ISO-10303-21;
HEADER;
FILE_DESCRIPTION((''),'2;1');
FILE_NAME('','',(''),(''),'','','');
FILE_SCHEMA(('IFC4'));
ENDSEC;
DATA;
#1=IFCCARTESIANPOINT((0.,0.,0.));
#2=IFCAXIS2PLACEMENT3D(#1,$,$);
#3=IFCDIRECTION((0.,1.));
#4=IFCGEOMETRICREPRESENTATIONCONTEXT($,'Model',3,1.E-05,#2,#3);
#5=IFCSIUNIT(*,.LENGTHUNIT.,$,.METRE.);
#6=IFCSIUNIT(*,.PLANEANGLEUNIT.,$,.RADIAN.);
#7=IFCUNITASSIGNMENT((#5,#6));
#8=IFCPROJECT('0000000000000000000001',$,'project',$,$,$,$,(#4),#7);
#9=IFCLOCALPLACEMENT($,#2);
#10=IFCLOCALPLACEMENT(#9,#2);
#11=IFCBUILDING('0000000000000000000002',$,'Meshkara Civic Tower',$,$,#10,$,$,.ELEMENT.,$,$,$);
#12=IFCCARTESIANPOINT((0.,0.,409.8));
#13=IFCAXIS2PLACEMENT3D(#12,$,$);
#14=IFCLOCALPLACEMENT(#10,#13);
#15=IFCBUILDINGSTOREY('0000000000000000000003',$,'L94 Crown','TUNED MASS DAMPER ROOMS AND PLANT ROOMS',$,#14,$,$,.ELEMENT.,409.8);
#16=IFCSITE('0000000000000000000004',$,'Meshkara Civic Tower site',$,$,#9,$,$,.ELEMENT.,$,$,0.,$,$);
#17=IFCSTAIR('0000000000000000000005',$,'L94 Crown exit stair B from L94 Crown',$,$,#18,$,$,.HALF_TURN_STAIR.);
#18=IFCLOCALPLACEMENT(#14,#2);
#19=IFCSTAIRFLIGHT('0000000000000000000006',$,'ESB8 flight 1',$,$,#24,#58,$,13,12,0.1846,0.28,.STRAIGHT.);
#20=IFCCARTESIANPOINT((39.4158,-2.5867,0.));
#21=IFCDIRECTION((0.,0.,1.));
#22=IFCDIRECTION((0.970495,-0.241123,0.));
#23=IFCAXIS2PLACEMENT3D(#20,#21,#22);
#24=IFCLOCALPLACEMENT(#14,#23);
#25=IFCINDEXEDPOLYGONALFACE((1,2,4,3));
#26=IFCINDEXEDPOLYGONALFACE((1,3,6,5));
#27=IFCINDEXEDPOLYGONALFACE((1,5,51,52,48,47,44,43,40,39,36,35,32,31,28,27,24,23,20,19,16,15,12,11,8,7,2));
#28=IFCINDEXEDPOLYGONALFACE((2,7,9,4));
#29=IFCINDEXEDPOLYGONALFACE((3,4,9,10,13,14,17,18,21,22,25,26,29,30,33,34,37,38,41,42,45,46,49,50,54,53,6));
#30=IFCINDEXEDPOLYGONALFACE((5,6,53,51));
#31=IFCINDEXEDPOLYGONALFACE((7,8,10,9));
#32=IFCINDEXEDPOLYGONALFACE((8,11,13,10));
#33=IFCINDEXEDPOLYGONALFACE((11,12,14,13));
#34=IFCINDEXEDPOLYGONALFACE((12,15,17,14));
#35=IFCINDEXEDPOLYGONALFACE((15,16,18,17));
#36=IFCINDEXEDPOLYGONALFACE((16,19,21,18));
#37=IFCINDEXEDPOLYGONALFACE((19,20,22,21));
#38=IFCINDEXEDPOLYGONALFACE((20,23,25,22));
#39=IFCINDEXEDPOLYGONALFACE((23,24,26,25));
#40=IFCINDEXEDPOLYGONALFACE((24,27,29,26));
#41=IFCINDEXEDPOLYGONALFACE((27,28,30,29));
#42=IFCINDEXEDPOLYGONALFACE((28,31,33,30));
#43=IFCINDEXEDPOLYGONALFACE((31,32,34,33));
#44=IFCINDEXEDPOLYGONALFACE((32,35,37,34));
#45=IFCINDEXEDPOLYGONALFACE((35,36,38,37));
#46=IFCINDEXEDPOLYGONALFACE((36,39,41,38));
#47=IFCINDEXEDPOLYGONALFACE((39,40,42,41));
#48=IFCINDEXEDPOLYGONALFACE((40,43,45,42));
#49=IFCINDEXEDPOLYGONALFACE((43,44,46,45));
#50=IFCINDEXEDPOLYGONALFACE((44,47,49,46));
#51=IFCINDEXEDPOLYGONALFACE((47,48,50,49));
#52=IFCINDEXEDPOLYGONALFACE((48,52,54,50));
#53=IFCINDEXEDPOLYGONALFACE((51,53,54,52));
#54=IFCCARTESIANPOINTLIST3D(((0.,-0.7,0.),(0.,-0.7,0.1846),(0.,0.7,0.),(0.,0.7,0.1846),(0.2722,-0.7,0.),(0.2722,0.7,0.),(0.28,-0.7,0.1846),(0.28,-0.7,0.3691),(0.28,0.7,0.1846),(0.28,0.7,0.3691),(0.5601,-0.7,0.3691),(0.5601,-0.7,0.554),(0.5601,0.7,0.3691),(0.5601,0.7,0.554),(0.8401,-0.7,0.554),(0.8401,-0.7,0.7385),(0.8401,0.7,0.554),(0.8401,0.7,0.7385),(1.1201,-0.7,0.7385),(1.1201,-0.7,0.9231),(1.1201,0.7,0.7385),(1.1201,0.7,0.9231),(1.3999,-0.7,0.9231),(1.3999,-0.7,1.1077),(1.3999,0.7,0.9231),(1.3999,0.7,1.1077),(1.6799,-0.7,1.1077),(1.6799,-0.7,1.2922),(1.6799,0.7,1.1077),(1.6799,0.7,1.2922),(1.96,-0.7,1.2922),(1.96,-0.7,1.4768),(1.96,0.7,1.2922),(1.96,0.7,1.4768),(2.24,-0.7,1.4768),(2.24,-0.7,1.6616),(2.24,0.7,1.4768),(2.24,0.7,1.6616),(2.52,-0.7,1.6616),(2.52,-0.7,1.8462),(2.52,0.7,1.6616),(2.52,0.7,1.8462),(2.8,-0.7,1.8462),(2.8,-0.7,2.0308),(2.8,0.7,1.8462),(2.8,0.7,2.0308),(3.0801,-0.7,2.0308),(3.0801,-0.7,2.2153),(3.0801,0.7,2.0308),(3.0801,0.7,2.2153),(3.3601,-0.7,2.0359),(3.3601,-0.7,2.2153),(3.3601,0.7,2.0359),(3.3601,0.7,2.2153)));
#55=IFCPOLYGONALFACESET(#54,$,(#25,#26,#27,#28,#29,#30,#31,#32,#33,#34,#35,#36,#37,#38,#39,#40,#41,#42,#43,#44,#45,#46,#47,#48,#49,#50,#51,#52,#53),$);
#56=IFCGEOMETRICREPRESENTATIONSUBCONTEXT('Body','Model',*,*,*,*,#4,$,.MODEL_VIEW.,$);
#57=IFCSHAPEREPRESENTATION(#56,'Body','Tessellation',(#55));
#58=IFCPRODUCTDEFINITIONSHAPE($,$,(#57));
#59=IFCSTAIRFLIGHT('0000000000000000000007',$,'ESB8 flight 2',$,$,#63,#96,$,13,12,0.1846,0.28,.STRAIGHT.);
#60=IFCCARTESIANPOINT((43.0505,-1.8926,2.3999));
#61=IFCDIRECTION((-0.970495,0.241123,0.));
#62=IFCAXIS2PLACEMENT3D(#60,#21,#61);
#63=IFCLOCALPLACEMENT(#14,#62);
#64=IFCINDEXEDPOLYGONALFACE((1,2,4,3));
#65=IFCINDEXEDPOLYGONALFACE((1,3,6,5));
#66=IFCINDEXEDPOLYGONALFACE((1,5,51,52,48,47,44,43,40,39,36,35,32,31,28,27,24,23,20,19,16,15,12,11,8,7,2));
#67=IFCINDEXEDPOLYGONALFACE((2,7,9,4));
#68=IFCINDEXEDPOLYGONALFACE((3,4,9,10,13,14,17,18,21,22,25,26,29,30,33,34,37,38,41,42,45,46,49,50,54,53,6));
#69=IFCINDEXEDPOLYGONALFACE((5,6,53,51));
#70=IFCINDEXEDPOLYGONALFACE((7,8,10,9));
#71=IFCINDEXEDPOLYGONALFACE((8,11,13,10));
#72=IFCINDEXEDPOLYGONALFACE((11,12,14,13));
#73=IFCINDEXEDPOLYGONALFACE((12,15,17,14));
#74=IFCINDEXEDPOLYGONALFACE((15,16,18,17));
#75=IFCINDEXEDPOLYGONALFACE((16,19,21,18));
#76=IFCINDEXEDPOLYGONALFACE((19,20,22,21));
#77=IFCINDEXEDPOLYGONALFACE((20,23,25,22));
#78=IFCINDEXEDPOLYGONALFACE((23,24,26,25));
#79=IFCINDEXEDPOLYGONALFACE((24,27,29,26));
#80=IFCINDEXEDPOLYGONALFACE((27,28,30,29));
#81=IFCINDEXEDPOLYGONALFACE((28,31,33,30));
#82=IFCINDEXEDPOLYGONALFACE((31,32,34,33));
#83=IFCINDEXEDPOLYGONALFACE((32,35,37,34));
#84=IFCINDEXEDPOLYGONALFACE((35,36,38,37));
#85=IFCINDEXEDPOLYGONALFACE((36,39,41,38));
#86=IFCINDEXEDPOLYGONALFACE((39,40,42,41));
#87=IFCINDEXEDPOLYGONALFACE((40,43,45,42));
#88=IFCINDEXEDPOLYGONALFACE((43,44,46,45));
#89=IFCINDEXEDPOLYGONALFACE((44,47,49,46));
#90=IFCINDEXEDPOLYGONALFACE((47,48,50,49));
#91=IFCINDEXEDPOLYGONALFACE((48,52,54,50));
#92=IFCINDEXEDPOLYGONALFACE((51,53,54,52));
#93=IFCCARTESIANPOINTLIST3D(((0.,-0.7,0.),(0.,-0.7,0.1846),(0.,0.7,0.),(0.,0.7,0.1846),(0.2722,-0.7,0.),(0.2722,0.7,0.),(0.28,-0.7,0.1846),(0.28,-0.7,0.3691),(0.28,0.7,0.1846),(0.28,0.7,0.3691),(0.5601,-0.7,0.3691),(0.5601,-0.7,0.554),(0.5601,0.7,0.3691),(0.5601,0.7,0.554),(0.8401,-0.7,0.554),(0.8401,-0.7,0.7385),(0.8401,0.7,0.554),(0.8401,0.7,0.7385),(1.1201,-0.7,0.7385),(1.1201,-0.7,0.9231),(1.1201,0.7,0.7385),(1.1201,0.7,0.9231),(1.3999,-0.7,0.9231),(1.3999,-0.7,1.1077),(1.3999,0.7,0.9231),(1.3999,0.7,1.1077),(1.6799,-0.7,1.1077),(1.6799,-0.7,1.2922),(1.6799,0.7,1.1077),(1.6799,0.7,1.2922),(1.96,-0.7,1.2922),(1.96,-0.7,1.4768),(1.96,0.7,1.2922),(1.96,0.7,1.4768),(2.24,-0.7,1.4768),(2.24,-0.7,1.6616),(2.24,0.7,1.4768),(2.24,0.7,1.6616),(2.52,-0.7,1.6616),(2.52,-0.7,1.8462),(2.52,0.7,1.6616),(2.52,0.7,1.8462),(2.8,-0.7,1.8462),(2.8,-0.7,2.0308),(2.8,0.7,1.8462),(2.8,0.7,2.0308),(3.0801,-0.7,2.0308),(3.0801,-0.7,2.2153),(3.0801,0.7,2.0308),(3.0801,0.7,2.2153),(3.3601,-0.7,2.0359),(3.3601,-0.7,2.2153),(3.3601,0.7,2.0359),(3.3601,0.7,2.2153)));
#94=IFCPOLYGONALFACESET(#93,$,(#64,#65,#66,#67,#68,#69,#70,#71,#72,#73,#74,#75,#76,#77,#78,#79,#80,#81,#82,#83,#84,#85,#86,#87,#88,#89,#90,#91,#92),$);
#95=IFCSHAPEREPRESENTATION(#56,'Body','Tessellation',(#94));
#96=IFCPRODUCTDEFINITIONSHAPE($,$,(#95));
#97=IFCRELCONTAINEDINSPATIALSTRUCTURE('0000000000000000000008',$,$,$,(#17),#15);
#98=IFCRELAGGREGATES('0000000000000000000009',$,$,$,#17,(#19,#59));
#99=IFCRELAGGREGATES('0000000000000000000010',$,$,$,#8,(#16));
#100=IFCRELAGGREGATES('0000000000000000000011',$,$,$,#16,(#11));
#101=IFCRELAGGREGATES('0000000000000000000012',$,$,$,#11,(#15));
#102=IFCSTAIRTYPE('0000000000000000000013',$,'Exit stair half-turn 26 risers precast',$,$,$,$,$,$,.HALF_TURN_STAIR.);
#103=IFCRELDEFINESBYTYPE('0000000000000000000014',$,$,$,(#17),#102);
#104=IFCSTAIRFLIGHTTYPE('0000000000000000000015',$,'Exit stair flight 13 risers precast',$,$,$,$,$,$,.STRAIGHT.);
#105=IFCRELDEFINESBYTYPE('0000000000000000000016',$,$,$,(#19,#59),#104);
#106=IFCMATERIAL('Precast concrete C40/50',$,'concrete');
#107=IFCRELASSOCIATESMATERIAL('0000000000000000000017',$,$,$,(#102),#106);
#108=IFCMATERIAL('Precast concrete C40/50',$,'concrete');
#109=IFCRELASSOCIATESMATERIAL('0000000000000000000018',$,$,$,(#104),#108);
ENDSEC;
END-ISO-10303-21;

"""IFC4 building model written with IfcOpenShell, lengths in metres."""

from ifc_helpers import new_model, si_unit, direction, frame, origin, place, context, subcontext, project, spatial, polyline, outline, extrude, material, type_object, element, aggregate, save


model = new_model("IFC4")

# Units and contexts
model_context = context("Model", 3, precision=1e-05, world=origin(), true_north=direction((0.0, 1.0)))
body_context = subcontext(model_context, "Body", "Model", "MODEL_VIEW")
ifc_project = project(units=[si_unit("LENGTHUNIT", "METRE"), si_unit("PLANEANGLEUNIT", "RADIAN")], contexts=[model_context])

# Site, building, storey
site_placement = place(None, origin())
site = spatial("IfcSite", under=ifc_project, at=site_placement, Name="Meshkara Civic Tower site", CompositionType="ELEMENT", RefElevation=0.0)
building_placement = place(site_placement, origin())
building = spatial("IfcBuilding", under=site, at=building_placement, Name="Meshkara Civic Tower", CompositionType="ELEMENT")
storey_placement = place(building_placement, frame((0.0, 0.0, 409.8)))
storey = spatial("IfcBuildingStorey", under=building, at=storey_placement, Name="L94 Crown", Description="TUNED MASS DAMPER ROOMS AND PLANT ROOMS", CompositionType="ELEMENT", Elevation=409.8)

# Stair, stair flights
ifc_material_1 = material(Name="Precast concrete C40/50", Category="concrete")
stair_type = type_object("IfcStairType", Name="Exit stair half-turn 26 risers precast", PredefinedType="HALF_TURN_STAIR", material=ifc_material_1)
stair_placement = place(storey_placement, origin())
stair = element("IfcStair", 1, at=stair_placement, inside=storey, type_object=stair_type, Name="L94 Crown exit stair B from L94 Crown", PredefinedType="HALF_TURN_STAIR")
ifc_material_2 = material(Name="Precast concrete C40/50", Category="concrete")
stair_flight_type = type_object("IfcStairFlightType", Name="Exit stair flight 13 risers precast", PredefinedType="STRAIGHT", material=ifc_material_2)
stair_flight_1_placement = place(storey_placement, frame((39.4158, -2.5867, 0.0), z_axis=(0.0, 0.0, 1.0), x_axis=(0.970495, -0.241123, 0.0)))
stair_flight_1 = element("IfcStairFlight", 2, at=stair_flight_1_placement, type_object=stair_flight_type, Name="ESB8 flight 1", NumberOfRisers=13, NumberOfTreads=12, PredefinedType="STRAIGHT", RiserHeight=0.1846, TreadLength=0.28, context=body_context, shape_type="SweptSolid", body=[
    extrude(outline(polyline([(0.0, 0.0), (0.0, 0.1846), (0.28, 0.1846), (0.28, 0.3691), (0.5601, 0.3691), (0.5601, 0.554), (0.8401, 0.554), (0.8401, 0.7385), (1.1201, 0.7385), (1.1201, 0.9231), (1.3999, 0.9231), (1.3999, 1.1077), (1.6799, 1.1077), (1.6799, 1.2922), (1.96, 1.2922), (1.96, 1.4768), (2.24, 1.4768), (2.24, 1.6616), (2.52, 1.6616), (2.52, 1.8462), (2.8, 1.8462), (2.8, 2.0308), (3.0801, 2.0308), (3.0801, 2.2153), (3.3601, 2.2153), (3.3601, 2.3999), (3.3601, 2.0359), (0.2722, 0.0), (0.0, 0.0)])), frame((0.0, 0.7, 0.0), z_axis=(0.0, -1.0, 0.0), x_axis=(1.0, 0.0, 0.0)), (0.0, 0.0, 1.0), 1.3999),
])
stair_flight_2_placement = place(storey_placement, frame((43.0505, -1.8926, 2.3999), z_axis=(0.0, 0.0, 1.0), x_axis=(-0.970495, 0.241123, 0.0)))
stair_flight_2 = element("IfcStairFlight", 3, at=stair_flight_2_placement, type_object=stair_flight_type, Name="ESB8 flight 2", NumberOfRisers=13, NumberOfTreads=12, PredefinedType="STRAIGHT", RiserHeight=0.1846, TreadLength=0.28, context=body_context, shape_type="SweptSolid", body=[
    extrude(outline(polyline([(0.0, 0.0), (0.0, 0.1846), (0.28, 0.1846), (0.28, 0.3691), (0.5601, 0.3691), (0.5601, 0.554), (0.8401, 0.554), (0.8401, 0.7385), (1.1201, 0.7385), (1.1201, 0.9231), (1.3999, 0.9231), (1.3999, 1.1077), (1.6799, 1.1077), (1.6799, 1.2922), (1.96, 1.2922), (1.96, 1.4768), (2.24, 1.4768), (2.24, 1.6616), (2.52, 1.6616), (2.52, 1.8462), (2.8, 1.8462), (2.8, 2.0308), (3.0801, 2.0308), (3.0801, 2.2153), (3.3601, 2.2153), (3.3601, 2.3999), (3.3601, 2.0359), (0.2722, 0.0), (0.0, 0.0)])), frame((0.0, 0.7, 0.0), z_axis=(0.0, -1.0, 0.0), x_axis=(1.0, 0.0, 0.0)), (0.0, 0.0, 1.0), 1.3999),
])
aggregate(stair, [stair_flight_1, stair_flight_2])

save(model, "model.ifc")
